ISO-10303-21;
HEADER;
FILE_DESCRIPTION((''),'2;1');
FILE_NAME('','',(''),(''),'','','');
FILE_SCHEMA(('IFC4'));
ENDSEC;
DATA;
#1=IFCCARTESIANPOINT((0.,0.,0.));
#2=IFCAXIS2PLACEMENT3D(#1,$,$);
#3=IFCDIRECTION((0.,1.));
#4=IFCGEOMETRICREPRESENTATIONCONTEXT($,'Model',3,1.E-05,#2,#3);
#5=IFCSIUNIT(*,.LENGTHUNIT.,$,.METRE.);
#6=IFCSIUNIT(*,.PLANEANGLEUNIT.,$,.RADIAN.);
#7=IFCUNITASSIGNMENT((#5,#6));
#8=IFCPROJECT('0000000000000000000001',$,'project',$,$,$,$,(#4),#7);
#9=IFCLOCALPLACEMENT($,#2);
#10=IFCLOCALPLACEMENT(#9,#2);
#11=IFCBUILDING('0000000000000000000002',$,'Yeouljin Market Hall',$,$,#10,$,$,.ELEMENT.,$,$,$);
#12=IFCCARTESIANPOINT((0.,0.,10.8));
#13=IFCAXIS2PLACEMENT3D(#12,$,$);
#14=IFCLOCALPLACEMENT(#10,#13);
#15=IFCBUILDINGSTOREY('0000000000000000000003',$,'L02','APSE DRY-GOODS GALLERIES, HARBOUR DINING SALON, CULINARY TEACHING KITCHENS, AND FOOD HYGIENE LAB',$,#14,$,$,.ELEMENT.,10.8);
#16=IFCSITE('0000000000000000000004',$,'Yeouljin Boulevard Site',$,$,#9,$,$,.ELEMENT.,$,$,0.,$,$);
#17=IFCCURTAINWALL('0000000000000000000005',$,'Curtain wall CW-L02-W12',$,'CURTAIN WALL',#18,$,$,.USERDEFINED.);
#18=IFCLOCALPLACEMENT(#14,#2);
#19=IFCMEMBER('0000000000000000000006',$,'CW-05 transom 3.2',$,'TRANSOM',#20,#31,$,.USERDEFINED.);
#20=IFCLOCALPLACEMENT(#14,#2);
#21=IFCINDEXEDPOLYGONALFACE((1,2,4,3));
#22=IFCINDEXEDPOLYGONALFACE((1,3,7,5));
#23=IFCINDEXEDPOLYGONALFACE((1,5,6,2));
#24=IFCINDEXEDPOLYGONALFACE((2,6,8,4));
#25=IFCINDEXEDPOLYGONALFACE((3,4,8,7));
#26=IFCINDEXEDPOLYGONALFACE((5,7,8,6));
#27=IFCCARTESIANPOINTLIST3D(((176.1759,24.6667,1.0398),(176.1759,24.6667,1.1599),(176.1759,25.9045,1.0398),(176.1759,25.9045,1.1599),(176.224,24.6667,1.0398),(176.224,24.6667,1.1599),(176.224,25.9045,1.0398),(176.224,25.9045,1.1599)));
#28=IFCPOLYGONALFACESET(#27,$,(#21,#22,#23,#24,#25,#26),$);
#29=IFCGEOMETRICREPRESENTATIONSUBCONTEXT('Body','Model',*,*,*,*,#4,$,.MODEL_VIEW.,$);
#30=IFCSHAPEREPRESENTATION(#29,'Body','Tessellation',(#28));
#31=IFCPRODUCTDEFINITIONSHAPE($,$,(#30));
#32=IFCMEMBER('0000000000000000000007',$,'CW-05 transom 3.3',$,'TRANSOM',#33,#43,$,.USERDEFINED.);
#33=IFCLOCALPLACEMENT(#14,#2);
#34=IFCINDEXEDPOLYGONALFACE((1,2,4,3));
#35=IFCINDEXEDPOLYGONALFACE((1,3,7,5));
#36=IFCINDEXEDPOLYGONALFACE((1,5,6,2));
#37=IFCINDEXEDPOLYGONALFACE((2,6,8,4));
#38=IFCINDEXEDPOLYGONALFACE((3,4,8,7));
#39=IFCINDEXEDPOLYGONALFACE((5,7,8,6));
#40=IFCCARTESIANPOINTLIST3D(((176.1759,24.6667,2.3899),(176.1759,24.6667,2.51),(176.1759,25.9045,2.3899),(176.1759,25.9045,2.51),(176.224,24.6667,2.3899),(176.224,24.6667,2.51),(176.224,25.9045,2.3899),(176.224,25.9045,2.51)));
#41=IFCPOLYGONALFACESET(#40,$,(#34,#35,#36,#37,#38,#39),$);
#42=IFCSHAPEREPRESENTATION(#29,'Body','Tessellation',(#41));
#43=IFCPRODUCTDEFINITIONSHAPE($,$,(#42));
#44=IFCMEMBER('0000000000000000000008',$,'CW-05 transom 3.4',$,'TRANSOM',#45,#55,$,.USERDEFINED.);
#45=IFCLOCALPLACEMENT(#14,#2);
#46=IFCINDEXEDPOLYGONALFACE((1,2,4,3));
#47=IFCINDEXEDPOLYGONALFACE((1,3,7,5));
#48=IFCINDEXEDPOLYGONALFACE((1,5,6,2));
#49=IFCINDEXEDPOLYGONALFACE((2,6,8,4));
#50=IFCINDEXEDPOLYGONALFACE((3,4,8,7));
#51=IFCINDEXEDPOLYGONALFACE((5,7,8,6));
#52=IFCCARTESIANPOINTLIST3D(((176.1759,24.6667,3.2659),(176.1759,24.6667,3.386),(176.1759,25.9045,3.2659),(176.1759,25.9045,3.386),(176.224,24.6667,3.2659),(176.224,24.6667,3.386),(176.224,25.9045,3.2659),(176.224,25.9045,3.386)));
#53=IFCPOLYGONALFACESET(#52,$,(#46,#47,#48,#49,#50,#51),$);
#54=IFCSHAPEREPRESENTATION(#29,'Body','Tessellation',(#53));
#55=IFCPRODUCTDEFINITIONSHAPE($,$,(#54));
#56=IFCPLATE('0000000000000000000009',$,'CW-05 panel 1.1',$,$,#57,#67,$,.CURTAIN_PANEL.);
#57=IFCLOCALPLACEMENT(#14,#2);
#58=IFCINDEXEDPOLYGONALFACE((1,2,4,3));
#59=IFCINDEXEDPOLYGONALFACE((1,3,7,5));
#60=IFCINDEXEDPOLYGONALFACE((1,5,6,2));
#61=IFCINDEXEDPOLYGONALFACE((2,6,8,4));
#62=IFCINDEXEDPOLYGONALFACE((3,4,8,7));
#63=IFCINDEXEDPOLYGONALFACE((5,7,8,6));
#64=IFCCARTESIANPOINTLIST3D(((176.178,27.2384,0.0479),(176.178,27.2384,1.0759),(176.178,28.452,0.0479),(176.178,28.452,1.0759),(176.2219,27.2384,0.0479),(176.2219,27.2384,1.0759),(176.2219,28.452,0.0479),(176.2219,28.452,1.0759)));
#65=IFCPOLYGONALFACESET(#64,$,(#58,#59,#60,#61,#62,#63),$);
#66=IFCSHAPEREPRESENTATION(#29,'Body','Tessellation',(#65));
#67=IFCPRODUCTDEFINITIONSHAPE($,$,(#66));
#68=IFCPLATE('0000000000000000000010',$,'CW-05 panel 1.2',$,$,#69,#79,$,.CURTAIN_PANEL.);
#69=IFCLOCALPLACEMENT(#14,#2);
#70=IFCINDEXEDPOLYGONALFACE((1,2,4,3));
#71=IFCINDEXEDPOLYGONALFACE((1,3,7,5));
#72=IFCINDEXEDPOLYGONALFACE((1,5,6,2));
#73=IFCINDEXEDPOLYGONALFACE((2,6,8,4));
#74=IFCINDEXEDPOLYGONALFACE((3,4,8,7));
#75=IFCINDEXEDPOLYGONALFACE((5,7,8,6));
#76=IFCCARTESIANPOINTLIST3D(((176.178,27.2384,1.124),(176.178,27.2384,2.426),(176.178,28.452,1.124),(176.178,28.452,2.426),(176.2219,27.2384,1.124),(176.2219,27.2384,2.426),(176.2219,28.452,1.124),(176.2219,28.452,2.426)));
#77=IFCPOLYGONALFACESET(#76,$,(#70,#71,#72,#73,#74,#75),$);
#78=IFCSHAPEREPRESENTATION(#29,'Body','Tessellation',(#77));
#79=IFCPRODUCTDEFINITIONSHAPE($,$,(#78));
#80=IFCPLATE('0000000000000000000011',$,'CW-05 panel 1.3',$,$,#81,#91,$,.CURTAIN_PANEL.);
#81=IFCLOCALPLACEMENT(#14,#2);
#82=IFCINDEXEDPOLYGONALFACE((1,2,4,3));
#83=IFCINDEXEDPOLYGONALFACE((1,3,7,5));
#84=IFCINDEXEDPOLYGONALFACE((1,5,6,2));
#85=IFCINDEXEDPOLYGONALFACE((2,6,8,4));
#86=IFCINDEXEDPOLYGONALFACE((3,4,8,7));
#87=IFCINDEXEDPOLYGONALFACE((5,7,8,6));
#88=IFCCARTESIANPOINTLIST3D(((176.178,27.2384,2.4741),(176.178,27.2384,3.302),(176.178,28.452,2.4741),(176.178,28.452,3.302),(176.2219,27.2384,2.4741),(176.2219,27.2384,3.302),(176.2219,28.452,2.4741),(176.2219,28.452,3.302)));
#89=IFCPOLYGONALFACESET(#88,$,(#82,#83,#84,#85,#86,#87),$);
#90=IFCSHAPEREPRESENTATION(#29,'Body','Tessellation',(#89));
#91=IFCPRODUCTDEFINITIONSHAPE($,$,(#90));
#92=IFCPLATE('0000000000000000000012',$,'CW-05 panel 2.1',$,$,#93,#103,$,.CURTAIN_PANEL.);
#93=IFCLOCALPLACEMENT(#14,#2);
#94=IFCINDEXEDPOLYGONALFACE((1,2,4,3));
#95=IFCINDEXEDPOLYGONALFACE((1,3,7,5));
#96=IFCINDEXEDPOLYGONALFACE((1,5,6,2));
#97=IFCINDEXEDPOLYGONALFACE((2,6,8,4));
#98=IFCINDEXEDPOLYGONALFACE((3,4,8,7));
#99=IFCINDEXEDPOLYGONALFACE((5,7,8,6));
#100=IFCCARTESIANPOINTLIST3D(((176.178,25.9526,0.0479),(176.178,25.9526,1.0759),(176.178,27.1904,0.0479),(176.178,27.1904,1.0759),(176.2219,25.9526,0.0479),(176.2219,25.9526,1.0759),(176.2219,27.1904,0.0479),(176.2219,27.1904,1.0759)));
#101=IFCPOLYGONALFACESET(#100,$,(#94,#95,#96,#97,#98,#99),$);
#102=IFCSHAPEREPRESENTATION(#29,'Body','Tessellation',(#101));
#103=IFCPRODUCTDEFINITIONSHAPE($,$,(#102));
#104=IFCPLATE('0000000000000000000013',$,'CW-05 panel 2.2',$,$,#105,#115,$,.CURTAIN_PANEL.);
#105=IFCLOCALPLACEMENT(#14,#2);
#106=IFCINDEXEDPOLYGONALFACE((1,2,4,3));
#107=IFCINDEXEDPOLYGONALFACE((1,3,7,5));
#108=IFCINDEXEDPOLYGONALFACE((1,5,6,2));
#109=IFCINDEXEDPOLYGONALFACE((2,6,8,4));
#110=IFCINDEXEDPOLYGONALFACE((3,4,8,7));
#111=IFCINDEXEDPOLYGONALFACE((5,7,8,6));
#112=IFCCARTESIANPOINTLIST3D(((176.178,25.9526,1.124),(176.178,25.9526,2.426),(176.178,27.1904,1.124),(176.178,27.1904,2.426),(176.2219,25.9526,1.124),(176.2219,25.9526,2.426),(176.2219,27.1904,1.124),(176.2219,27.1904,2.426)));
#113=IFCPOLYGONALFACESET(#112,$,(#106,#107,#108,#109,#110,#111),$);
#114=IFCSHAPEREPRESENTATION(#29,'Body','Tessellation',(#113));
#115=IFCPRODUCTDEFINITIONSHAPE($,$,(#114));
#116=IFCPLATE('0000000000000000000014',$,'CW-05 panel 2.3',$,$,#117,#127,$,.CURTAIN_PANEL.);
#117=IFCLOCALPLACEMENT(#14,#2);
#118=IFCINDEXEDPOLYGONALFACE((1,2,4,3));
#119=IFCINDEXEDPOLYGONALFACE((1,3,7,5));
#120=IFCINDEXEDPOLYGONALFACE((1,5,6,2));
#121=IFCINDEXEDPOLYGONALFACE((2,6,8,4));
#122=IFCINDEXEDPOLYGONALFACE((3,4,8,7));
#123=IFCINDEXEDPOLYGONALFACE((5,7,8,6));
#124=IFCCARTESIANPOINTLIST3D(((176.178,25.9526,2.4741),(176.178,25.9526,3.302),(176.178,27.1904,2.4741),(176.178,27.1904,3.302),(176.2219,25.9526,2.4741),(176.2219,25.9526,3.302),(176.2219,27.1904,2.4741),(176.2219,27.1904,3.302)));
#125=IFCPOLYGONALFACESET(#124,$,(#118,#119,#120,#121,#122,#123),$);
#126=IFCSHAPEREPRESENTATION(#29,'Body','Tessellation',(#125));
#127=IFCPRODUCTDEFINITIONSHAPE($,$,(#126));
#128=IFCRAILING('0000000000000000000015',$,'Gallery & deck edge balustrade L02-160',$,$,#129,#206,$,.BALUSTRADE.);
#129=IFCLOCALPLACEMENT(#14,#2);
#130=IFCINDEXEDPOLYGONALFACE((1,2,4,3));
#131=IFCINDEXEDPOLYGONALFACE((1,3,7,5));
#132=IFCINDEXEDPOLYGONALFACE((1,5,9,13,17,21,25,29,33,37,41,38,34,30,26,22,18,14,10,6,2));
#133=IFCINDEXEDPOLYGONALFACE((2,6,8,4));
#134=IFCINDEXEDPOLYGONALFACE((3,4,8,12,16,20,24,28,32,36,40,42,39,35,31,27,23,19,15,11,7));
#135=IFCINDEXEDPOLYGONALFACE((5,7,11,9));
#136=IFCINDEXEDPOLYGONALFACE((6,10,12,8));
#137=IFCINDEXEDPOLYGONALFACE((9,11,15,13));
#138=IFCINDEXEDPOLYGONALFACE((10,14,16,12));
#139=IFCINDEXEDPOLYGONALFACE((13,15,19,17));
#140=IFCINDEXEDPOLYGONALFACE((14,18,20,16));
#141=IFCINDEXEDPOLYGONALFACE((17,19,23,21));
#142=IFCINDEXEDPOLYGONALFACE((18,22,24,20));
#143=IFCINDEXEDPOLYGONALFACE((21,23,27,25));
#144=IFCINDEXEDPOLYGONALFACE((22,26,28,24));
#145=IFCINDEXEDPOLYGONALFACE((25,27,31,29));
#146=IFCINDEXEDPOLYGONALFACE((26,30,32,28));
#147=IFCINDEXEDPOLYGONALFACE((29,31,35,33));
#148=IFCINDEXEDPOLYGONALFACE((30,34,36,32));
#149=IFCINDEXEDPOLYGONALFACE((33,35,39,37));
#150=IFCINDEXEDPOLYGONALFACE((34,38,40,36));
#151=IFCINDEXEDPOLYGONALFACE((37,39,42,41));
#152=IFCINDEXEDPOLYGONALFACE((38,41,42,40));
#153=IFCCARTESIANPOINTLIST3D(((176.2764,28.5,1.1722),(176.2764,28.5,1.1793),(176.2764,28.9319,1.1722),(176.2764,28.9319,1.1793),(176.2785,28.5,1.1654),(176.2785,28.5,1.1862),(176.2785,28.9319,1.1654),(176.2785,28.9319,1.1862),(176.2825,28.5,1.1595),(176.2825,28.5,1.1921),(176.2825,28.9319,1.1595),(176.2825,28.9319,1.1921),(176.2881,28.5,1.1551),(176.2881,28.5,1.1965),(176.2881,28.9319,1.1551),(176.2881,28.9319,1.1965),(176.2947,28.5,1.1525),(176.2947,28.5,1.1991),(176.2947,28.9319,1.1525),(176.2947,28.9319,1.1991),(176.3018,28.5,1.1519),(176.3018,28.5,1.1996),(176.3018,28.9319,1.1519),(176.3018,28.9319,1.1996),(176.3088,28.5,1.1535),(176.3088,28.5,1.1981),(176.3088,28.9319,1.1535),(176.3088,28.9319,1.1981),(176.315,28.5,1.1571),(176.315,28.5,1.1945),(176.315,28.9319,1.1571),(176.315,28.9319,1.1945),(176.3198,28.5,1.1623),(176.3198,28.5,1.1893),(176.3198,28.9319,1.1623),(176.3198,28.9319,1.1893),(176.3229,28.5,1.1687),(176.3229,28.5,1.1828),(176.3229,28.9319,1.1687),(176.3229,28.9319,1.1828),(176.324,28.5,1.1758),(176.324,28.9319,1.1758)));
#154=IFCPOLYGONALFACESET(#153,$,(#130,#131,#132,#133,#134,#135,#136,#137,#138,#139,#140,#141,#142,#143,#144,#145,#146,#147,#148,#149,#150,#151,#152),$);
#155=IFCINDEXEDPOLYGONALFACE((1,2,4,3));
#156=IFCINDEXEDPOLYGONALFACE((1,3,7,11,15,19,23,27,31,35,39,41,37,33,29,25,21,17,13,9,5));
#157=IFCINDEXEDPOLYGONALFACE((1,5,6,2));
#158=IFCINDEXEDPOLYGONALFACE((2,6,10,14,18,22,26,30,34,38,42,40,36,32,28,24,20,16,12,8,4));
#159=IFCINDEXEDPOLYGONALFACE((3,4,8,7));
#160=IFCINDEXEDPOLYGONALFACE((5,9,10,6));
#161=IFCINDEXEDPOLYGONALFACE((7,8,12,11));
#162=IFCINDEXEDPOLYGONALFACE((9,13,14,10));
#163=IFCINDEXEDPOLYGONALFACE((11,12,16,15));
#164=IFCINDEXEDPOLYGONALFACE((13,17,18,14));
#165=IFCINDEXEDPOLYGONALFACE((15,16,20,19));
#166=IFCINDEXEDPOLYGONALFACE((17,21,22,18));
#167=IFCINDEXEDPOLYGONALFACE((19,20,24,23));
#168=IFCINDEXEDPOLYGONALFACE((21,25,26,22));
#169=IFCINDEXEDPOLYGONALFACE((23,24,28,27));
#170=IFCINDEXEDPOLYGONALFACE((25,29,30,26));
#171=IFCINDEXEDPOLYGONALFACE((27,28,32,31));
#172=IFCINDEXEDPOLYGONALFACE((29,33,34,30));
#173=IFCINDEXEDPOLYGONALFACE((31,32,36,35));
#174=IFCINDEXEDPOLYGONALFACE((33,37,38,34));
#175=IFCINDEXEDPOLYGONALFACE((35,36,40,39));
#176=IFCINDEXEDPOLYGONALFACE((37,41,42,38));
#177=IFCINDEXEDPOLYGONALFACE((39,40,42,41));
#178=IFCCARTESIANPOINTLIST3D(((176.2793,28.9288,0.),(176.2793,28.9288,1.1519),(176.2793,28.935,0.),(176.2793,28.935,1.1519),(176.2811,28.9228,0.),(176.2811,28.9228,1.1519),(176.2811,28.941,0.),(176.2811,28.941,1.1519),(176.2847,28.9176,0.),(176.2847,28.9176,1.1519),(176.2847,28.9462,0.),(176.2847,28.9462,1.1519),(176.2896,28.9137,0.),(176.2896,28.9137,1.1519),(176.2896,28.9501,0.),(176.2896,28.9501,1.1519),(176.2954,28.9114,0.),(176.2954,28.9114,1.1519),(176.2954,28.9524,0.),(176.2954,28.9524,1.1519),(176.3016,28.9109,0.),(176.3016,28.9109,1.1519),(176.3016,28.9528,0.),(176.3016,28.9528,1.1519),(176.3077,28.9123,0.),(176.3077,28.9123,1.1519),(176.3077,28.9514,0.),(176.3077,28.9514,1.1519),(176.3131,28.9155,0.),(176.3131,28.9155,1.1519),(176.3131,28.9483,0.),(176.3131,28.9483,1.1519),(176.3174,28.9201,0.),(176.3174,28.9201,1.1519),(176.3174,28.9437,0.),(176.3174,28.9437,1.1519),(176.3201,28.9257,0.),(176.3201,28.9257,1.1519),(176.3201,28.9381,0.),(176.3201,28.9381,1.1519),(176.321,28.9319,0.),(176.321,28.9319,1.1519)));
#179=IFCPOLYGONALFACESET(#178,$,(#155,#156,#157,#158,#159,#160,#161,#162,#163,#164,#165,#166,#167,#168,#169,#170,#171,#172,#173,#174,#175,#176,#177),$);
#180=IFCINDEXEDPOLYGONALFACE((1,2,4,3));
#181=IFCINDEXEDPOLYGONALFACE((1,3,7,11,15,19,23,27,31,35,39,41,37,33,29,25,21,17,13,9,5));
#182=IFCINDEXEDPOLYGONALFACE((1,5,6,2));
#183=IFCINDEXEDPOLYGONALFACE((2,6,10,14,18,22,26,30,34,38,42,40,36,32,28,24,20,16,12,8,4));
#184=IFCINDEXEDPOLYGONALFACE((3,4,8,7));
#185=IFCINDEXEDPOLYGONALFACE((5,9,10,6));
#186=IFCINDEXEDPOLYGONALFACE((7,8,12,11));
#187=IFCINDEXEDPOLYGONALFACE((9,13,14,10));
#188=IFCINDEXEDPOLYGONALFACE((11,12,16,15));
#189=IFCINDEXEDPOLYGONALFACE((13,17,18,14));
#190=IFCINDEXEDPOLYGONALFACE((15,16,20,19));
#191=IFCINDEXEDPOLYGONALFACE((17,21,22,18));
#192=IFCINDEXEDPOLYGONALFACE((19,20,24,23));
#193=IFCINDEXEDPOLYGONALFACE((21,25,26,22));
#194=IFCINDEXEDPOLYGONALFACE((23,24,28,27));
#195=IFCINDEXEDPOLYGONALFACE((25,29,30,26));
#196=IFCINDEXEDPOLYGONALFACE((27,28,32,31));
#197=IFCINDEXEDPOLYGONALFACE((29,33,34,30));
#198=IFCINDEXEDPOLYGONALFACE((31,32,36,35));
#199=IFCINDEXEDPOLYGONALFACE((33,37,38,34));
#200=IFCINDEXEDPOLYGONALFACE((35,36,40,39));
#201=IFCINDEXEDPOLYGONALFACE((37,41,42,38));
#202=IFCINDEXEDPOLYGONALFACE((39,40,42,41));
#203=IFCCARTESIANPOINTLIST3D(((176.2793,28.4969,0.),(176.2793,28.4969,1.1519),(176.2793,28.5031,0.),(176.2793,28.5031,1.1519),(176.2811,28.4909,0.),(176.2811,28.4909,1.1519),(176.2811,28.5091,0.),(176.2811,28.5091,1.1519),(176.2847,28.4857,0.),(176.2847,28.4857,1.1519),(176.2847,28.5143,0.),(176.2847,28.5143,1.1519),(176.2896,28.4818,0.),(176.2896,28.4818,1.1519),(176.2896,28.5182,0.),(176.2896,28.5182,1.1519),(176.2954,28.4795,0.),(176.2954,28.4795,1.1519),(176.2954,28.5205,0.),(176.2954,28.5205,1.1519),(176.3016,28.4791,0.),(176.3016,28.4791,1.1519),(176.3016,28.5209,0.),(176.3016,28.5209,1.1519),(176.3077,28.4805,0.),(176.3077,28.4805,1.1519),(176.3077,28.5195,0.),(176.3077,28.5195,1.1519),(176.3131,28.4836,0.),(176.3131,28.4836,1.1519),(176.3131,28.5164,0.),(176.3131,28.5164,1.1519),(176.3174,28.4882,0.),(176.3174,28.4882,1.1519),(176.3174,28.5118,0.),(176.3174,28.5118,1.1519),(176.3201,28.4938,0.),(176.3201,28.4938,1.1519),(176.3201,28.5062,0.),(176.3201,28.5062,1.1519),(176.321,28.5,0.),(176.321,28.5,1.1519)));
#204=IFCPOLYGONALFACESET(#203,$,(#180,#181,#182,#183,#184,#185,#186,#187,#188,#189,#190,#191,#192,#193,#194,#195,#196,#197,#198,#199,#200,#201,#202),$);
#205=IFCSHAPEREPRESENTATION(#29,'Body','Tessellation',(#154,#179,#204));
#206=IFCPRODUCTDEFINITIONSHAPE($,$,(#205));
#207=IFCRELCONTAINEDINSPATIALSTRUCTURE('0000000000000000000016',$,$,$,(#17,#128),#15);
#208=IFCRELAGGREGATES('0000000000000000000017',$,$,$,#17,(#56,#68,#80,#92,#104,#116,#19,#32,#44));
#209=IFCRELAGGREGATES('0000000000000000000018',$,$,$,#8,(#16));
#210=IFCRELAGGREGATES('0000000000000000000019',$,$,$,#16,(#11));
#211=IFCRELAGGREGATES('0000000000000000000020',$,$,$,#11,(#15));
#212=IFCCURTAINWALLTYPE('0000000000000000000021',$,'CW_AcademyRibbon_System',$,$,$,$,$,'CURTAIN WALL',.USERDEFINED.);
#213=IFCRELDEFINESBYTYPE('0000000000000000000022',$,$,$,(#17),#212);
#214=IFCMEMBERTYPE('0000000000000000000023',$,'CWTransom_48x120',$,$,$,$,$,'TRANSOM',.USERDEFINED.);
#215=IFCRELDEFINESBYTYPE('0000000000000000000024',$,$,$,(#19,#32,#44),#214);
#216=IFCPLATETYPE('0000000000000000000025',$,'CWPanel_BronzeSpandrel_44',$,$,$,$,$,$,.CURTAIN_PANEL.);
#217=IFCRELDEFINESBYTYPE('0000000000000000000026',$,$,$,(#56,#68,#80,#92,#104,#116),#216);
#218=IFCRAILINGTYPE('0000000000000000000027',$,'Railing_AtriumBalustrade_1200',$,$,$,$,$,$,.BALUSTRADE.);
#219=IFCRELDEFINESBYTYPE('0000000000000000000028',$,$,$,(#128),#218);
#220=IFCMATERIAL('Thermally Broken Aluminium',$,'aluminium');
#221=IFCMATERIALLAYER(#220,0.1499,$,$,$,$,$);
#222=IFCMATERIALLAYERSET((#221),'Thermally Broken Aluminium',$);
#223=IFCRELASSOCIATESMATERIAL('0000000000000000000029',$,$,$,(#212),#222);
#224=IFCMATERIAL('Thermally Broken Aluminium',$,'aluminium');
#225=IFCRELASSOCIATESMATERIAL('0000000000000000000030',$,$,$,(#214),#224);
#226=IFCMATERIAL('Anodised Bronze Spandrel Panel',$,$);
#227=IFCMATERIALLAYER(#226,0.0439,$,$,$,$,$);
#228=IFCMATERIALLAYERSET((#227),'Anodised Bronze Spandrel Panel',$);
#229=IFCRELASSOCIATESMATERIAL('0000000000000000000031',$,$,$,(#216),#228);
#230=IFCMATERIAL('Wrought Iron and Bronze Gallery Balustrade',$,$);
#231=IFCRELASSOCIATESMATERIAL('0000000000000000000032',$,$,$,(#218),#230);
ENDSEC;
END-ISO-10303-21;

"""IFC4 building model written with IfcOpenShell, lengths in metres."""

from ifc_helpers import new_model, si_unit, direction, frame, origin, origin_2d, place, context, subcontext, project, spatial, rectangle, circle, extrude, material, layer, layer_set, material_profile, profile_set, type_object, element, aggregate, save


model = new_model("IFC4")

# Units and contexts
model_context = context("Model", 3, precision=1e-05, world=origin(), true_north=direction((0.0, 1.0)))
body_context = subcontext(model_context, "Body", "Model", "MODEL_VIEW")
ifc_project = project(units=[si_unit("LENGTHUNIT", "METRE"), si_unit("PLANEANGLEUNIT", "RADIAN")], contexts=[model_context])

# Site, building, storey
site_placement = place(None, origin())
site = spatial("IfcSite", under=ifc_project, at=site_placement, Name="Yeouljin Boulevard Site", CompositionType="ELEMENT", RefElevation=0.0)
building_placement = place(site_placement, origin())
building = spatial("IfcBuilding", under=site, at=building_placement, Name="Yeouljin Market Hall", CompositionType="ELEMENT")
storey_placement = place(building_placement, frame((0.0, 0.0, 10.8)))
storey = spatial("IfcBuildingStorey", under=building, at=storey_placement, Name="L02", Description="APSE DRY-GOODS GALLERIES, HARBOUR DINING SALON, CULINARY TEACHING KITCHENS, AND FOOD HYGIENE LAB", CompositionType="ELEMENT", Elevation=10.8)

# Curtain wall, members, plates
ifc_material_1 = material(Name="Thermally Broken Aluminium", Category="aluminium")
ifc_layer_1 = layer(ifc_material_1, 0.1499)
ifc_layer_set_1 = layer_set([ifc_layer_1], Name="Thermally Broken Aluminium")
curtain_wall_type = type_object("IfcCurtainWallType", Name="CW_AcademyRibbon_System", ElementType="CURTAIN WALL", PredefinedType="USERDEFINED", material=ifc_layer_set_1)
curtain_wall_placement = place(storey_placement, origin())
curtain_wall = element("IfcCurtainWall", 1, at=curtain_wall_placement, inside=storey, type_object=curtain_wall_type, Name="Curtain wall CW-L02-W12", ObjectType="CURTAIN WALL", PredefinedType="USERDEFINED")
ifc_material_2 = material(Name="Thermally Broken Aluminium", Category="aluminium")
ifc_material_profile_1 = material_profile(ifc_material_2, rectangle(XDim=0.0481, YDim=0.1201, at=origin_2d()), Name="CW-TRAN-48x120")
ifc_profile_set_1 = profile_set([ifc_material_profile_1], Name="Thermally Broken Aluminium")
member_type_1 = type_object("IfcMemberType", Name="CWTransom_48x120", ElementType="TRANSOM", PredefinedType="USERDEFINED", material=ifc_profile_set_1)
member_1_placement = place(storey_placement, frame((176.2, 25.9045, 1.0999), z_axis=(0.0, -1.0, 0.0), x_axis=(1.0, 0.0, 0.0)))
member_1 = element("IfcMember", 2, at=member_1_placement, type_object=member_type_1, Name="CW-05 transom 3.2", ObjectType="TRANSOM", PredefinedType="USERDEFINED", context=body_context, shape_type="SweptSolid", body=[
    extrude(rectangle(XDim=0.0481, YDim=0.1201, at=origin_2d()), origin(), (0.0, 0.0, 1.0), 1.2378),
])
member_2_placement = place(storey_placement, frame((176.2, 25.9045, 2.45), z_axis=(0.0, -1.0, 0.0), x_axis=(1.0, 0.0, 0.0)))
member_2 = element("IfcMember", 3, at=member_2_placement, type_object=member_type_1, Name="CW-05 transom 3.3", ObjectType="TRANSOM", PredefinedType="USERDEFINED", context=body_context, shape_type="SweptSolid", body=[
    extrude(rectangle(XDim=0.0481, YDim=0.1201, at=origin_2d()), origin(), (0.0, 0.0, 1.0), 1.2378),
])
member_3_placement = place(storey_placement, frame((176.2, 25.9045, 3.3259), z_axis=(0.0, -1.0, 0.0), x_axis=(1.0, 0.0, 0.0)))
member_3 = element("IfcMember", 4, at=member_3_placement, type_object=member_type_1, Name="CW-05 transom 3.4", ObjectType="TRANSOM", PredefinedType="USERDEFINED", context=body_context, shape_type="SweptSolid", body=[
    extrude(rectangle(XDim=0.0481, YDim=0.1201, at=origin_2d()), origin(), (0.0, 0.0, 1.0), 1.2378),
])
ifc_material_3 = material(Name="Anodised Bronze Spandrel Panel")
ifc_layer_2 = layer(ifc_material_3, 0.0439)
ifc_layer_set_2 = layer_set([ifc_layer_2], Name="Anodised Bronze Spandrel Panel")
plate_type = type_object("IfcPlateType", Name="CWPanel_BronzeSpandrel_44", PredefinedType="CURTAIN_PANEL", material=ifc_layer_set_2)
plate_1_placement = place(storey_placement, frame((176.2, 27.8452, 0.0479), z_axis=(0.0, 0.0, 1.0), x_axis=(0.0, -1.0, 0.0)))
plate_1 = element("IfcPlate", 5, at=plate_1_placement, type_object=plate_type, Name="CW-05 panel 1.1", PredefinedType="CURTAIN_PANEL", context=body_context, shape_type="SweptSolid", body=[
    extrude(rectangle(XDim=1.2136, YDim=0.0439, at=origin_2d()), origin(), (0.0, 0.0, 1.0), 1.0281),
])
plate_2_placement = place(storey_placement, frame((176.2, 27.8452, 1.124), z_axis=(0.0, 0.0, 1.0), x_axis=(0.0, -1.0, 0.0)))
plate_2 = element("IfcPlate", 6, at=plate_2_placement, type_object=plate_type, Name="CW-05 panel 1.2", PredefinedType="CURTAIN_PANEL", context=body_context, shape_type="SweptSolid", body=[
    extrude(rectangle(XDim=1.2136, YDim=0.0439, at=origin_2d()), origin(), (0.0, 0.0, 1.0), 1.302),
])
plate_3_placement = place(storey_placement, frame((176.2, 27.8452, 2.4741), z_axis=(0.0, 0.0, 1.0), x_axis=(0.0, -1.0, 0.0)))
plate_3 = element("IfcPlate", 7, at=plate_3_placement, type_object=plate_type, Name="CW-05 panel 1.3", PredefinedType="CURTAIN_PANEL", context=body_context, shape_type="SweptSolid", body=[
    extrude(rectangle(XDim=1.2136, YDim=0.0439, at=origin_2d()), origin(), (0.0, 0.0, 1.0), 0.8279),
])
plate_4_placement = place(storey_placement, frame((176.2, 26.5715, 0.0479), z_axis=(0.0, 0.0, 1.0), x_axis=(0.0, -1.0, 0.0)))
plate_4 = element("IfcPlate", 8, at=plate_4_placement, type_object=plate_type, Name="CW-05 panel 2.1", PredefinedType="CURTAIN_PANEL", context=body_context, shape_type="SweptSolid", body=[
    extrude(rectangle(XDim=1.2378, YDim=0.0439, at=origin_2d()), origin(), (0.0, 0.0, 1.0), 1.0281),
])
plate_5_placement = place(storey_placement, frame((176.2, 26.5715, 1.124), z_axis=(0.0, 0.0, 1.0), x_axis=(0.0, -1.0, 0.0)))
plate_5 = element("IfcPlate", 9, at=plate_5_placement, type_object=plate_type, Name="CW-05 panel 2.2", PredefinedType="CURTAIN_PANEL", context=body_context, shape_type="SweptSolid", body=[
    extrude(rectangle(XDim=1.2378, YDim=0.0439, at=origin_2d()), origin(), (0.0, 0.0, 1.0), 1.302),
])
plate_6_placement = place(storey_placement, frame((176.2, 26.5715, 2.4741), z_axis=(0.0, 0.0, 1.0), x_axis=(0.0, -1.0, 0.0)))
plate_6 = element("IfcPlate", 10, at=plate_6_placement, type_object=plate_type, Name="CW-05 panel 2.3", PredefinedType="CURTAIN_PANEL", context=body_context, shape_type="SweptSolid", body=[
    extrude(rectangle(XDim=1.2378, YDim=0.0439, at=origin_2d()), origin(), (0.0, 0.0, 1.0), 0.8279),
])
aggregate(curtain_wall, [plate_1, plate_2, plate_3, plate_4, plate_5, plate_6, member_1, member_2, member_3])

# Railing
ifc_material_4 = material(Name="Wrought Iron and Bronze Gallery Balustrade")
railing_type = type_object("IfcRailingType", Name="Railing_AtriumBalustrade_1200", PredefinedType="BALUSTRADE", material=ifc_material_4)
railing_placement = place(storey_placement, frame((176.3, 28.9319, 0.0)))
element("IfcRailing", 11, at=railing_placement, inside=storey, type_object=railing_type, Name="Gallery & deck edge balustrade L02-160", PredefinedType="BALUSTRADE", context=body_context, shape_type="SweptSolid", body=[
    extrude(circle(Radius=0.0239, at=origin_2d()), frame((0.0, 0.0, 1.1758), z_axis=(0.0, -1.0, 0.0), x_axis=(1.0, 0.0, 0.0)), (0.0, 0.0, 1.0), 0.4319),
    extrude(circle(Radius=0.021, at=origin_2d()), origin(), (0.0, 0.0, 1.0), 1.1519),
    extrude(circle(Radius=0.021, at=origin_2d()), frame((0.0, -0.4319, 0.0)), (0.0, 0.0, 1.0), 1.1519),
])

save(model, "model.ifc")
